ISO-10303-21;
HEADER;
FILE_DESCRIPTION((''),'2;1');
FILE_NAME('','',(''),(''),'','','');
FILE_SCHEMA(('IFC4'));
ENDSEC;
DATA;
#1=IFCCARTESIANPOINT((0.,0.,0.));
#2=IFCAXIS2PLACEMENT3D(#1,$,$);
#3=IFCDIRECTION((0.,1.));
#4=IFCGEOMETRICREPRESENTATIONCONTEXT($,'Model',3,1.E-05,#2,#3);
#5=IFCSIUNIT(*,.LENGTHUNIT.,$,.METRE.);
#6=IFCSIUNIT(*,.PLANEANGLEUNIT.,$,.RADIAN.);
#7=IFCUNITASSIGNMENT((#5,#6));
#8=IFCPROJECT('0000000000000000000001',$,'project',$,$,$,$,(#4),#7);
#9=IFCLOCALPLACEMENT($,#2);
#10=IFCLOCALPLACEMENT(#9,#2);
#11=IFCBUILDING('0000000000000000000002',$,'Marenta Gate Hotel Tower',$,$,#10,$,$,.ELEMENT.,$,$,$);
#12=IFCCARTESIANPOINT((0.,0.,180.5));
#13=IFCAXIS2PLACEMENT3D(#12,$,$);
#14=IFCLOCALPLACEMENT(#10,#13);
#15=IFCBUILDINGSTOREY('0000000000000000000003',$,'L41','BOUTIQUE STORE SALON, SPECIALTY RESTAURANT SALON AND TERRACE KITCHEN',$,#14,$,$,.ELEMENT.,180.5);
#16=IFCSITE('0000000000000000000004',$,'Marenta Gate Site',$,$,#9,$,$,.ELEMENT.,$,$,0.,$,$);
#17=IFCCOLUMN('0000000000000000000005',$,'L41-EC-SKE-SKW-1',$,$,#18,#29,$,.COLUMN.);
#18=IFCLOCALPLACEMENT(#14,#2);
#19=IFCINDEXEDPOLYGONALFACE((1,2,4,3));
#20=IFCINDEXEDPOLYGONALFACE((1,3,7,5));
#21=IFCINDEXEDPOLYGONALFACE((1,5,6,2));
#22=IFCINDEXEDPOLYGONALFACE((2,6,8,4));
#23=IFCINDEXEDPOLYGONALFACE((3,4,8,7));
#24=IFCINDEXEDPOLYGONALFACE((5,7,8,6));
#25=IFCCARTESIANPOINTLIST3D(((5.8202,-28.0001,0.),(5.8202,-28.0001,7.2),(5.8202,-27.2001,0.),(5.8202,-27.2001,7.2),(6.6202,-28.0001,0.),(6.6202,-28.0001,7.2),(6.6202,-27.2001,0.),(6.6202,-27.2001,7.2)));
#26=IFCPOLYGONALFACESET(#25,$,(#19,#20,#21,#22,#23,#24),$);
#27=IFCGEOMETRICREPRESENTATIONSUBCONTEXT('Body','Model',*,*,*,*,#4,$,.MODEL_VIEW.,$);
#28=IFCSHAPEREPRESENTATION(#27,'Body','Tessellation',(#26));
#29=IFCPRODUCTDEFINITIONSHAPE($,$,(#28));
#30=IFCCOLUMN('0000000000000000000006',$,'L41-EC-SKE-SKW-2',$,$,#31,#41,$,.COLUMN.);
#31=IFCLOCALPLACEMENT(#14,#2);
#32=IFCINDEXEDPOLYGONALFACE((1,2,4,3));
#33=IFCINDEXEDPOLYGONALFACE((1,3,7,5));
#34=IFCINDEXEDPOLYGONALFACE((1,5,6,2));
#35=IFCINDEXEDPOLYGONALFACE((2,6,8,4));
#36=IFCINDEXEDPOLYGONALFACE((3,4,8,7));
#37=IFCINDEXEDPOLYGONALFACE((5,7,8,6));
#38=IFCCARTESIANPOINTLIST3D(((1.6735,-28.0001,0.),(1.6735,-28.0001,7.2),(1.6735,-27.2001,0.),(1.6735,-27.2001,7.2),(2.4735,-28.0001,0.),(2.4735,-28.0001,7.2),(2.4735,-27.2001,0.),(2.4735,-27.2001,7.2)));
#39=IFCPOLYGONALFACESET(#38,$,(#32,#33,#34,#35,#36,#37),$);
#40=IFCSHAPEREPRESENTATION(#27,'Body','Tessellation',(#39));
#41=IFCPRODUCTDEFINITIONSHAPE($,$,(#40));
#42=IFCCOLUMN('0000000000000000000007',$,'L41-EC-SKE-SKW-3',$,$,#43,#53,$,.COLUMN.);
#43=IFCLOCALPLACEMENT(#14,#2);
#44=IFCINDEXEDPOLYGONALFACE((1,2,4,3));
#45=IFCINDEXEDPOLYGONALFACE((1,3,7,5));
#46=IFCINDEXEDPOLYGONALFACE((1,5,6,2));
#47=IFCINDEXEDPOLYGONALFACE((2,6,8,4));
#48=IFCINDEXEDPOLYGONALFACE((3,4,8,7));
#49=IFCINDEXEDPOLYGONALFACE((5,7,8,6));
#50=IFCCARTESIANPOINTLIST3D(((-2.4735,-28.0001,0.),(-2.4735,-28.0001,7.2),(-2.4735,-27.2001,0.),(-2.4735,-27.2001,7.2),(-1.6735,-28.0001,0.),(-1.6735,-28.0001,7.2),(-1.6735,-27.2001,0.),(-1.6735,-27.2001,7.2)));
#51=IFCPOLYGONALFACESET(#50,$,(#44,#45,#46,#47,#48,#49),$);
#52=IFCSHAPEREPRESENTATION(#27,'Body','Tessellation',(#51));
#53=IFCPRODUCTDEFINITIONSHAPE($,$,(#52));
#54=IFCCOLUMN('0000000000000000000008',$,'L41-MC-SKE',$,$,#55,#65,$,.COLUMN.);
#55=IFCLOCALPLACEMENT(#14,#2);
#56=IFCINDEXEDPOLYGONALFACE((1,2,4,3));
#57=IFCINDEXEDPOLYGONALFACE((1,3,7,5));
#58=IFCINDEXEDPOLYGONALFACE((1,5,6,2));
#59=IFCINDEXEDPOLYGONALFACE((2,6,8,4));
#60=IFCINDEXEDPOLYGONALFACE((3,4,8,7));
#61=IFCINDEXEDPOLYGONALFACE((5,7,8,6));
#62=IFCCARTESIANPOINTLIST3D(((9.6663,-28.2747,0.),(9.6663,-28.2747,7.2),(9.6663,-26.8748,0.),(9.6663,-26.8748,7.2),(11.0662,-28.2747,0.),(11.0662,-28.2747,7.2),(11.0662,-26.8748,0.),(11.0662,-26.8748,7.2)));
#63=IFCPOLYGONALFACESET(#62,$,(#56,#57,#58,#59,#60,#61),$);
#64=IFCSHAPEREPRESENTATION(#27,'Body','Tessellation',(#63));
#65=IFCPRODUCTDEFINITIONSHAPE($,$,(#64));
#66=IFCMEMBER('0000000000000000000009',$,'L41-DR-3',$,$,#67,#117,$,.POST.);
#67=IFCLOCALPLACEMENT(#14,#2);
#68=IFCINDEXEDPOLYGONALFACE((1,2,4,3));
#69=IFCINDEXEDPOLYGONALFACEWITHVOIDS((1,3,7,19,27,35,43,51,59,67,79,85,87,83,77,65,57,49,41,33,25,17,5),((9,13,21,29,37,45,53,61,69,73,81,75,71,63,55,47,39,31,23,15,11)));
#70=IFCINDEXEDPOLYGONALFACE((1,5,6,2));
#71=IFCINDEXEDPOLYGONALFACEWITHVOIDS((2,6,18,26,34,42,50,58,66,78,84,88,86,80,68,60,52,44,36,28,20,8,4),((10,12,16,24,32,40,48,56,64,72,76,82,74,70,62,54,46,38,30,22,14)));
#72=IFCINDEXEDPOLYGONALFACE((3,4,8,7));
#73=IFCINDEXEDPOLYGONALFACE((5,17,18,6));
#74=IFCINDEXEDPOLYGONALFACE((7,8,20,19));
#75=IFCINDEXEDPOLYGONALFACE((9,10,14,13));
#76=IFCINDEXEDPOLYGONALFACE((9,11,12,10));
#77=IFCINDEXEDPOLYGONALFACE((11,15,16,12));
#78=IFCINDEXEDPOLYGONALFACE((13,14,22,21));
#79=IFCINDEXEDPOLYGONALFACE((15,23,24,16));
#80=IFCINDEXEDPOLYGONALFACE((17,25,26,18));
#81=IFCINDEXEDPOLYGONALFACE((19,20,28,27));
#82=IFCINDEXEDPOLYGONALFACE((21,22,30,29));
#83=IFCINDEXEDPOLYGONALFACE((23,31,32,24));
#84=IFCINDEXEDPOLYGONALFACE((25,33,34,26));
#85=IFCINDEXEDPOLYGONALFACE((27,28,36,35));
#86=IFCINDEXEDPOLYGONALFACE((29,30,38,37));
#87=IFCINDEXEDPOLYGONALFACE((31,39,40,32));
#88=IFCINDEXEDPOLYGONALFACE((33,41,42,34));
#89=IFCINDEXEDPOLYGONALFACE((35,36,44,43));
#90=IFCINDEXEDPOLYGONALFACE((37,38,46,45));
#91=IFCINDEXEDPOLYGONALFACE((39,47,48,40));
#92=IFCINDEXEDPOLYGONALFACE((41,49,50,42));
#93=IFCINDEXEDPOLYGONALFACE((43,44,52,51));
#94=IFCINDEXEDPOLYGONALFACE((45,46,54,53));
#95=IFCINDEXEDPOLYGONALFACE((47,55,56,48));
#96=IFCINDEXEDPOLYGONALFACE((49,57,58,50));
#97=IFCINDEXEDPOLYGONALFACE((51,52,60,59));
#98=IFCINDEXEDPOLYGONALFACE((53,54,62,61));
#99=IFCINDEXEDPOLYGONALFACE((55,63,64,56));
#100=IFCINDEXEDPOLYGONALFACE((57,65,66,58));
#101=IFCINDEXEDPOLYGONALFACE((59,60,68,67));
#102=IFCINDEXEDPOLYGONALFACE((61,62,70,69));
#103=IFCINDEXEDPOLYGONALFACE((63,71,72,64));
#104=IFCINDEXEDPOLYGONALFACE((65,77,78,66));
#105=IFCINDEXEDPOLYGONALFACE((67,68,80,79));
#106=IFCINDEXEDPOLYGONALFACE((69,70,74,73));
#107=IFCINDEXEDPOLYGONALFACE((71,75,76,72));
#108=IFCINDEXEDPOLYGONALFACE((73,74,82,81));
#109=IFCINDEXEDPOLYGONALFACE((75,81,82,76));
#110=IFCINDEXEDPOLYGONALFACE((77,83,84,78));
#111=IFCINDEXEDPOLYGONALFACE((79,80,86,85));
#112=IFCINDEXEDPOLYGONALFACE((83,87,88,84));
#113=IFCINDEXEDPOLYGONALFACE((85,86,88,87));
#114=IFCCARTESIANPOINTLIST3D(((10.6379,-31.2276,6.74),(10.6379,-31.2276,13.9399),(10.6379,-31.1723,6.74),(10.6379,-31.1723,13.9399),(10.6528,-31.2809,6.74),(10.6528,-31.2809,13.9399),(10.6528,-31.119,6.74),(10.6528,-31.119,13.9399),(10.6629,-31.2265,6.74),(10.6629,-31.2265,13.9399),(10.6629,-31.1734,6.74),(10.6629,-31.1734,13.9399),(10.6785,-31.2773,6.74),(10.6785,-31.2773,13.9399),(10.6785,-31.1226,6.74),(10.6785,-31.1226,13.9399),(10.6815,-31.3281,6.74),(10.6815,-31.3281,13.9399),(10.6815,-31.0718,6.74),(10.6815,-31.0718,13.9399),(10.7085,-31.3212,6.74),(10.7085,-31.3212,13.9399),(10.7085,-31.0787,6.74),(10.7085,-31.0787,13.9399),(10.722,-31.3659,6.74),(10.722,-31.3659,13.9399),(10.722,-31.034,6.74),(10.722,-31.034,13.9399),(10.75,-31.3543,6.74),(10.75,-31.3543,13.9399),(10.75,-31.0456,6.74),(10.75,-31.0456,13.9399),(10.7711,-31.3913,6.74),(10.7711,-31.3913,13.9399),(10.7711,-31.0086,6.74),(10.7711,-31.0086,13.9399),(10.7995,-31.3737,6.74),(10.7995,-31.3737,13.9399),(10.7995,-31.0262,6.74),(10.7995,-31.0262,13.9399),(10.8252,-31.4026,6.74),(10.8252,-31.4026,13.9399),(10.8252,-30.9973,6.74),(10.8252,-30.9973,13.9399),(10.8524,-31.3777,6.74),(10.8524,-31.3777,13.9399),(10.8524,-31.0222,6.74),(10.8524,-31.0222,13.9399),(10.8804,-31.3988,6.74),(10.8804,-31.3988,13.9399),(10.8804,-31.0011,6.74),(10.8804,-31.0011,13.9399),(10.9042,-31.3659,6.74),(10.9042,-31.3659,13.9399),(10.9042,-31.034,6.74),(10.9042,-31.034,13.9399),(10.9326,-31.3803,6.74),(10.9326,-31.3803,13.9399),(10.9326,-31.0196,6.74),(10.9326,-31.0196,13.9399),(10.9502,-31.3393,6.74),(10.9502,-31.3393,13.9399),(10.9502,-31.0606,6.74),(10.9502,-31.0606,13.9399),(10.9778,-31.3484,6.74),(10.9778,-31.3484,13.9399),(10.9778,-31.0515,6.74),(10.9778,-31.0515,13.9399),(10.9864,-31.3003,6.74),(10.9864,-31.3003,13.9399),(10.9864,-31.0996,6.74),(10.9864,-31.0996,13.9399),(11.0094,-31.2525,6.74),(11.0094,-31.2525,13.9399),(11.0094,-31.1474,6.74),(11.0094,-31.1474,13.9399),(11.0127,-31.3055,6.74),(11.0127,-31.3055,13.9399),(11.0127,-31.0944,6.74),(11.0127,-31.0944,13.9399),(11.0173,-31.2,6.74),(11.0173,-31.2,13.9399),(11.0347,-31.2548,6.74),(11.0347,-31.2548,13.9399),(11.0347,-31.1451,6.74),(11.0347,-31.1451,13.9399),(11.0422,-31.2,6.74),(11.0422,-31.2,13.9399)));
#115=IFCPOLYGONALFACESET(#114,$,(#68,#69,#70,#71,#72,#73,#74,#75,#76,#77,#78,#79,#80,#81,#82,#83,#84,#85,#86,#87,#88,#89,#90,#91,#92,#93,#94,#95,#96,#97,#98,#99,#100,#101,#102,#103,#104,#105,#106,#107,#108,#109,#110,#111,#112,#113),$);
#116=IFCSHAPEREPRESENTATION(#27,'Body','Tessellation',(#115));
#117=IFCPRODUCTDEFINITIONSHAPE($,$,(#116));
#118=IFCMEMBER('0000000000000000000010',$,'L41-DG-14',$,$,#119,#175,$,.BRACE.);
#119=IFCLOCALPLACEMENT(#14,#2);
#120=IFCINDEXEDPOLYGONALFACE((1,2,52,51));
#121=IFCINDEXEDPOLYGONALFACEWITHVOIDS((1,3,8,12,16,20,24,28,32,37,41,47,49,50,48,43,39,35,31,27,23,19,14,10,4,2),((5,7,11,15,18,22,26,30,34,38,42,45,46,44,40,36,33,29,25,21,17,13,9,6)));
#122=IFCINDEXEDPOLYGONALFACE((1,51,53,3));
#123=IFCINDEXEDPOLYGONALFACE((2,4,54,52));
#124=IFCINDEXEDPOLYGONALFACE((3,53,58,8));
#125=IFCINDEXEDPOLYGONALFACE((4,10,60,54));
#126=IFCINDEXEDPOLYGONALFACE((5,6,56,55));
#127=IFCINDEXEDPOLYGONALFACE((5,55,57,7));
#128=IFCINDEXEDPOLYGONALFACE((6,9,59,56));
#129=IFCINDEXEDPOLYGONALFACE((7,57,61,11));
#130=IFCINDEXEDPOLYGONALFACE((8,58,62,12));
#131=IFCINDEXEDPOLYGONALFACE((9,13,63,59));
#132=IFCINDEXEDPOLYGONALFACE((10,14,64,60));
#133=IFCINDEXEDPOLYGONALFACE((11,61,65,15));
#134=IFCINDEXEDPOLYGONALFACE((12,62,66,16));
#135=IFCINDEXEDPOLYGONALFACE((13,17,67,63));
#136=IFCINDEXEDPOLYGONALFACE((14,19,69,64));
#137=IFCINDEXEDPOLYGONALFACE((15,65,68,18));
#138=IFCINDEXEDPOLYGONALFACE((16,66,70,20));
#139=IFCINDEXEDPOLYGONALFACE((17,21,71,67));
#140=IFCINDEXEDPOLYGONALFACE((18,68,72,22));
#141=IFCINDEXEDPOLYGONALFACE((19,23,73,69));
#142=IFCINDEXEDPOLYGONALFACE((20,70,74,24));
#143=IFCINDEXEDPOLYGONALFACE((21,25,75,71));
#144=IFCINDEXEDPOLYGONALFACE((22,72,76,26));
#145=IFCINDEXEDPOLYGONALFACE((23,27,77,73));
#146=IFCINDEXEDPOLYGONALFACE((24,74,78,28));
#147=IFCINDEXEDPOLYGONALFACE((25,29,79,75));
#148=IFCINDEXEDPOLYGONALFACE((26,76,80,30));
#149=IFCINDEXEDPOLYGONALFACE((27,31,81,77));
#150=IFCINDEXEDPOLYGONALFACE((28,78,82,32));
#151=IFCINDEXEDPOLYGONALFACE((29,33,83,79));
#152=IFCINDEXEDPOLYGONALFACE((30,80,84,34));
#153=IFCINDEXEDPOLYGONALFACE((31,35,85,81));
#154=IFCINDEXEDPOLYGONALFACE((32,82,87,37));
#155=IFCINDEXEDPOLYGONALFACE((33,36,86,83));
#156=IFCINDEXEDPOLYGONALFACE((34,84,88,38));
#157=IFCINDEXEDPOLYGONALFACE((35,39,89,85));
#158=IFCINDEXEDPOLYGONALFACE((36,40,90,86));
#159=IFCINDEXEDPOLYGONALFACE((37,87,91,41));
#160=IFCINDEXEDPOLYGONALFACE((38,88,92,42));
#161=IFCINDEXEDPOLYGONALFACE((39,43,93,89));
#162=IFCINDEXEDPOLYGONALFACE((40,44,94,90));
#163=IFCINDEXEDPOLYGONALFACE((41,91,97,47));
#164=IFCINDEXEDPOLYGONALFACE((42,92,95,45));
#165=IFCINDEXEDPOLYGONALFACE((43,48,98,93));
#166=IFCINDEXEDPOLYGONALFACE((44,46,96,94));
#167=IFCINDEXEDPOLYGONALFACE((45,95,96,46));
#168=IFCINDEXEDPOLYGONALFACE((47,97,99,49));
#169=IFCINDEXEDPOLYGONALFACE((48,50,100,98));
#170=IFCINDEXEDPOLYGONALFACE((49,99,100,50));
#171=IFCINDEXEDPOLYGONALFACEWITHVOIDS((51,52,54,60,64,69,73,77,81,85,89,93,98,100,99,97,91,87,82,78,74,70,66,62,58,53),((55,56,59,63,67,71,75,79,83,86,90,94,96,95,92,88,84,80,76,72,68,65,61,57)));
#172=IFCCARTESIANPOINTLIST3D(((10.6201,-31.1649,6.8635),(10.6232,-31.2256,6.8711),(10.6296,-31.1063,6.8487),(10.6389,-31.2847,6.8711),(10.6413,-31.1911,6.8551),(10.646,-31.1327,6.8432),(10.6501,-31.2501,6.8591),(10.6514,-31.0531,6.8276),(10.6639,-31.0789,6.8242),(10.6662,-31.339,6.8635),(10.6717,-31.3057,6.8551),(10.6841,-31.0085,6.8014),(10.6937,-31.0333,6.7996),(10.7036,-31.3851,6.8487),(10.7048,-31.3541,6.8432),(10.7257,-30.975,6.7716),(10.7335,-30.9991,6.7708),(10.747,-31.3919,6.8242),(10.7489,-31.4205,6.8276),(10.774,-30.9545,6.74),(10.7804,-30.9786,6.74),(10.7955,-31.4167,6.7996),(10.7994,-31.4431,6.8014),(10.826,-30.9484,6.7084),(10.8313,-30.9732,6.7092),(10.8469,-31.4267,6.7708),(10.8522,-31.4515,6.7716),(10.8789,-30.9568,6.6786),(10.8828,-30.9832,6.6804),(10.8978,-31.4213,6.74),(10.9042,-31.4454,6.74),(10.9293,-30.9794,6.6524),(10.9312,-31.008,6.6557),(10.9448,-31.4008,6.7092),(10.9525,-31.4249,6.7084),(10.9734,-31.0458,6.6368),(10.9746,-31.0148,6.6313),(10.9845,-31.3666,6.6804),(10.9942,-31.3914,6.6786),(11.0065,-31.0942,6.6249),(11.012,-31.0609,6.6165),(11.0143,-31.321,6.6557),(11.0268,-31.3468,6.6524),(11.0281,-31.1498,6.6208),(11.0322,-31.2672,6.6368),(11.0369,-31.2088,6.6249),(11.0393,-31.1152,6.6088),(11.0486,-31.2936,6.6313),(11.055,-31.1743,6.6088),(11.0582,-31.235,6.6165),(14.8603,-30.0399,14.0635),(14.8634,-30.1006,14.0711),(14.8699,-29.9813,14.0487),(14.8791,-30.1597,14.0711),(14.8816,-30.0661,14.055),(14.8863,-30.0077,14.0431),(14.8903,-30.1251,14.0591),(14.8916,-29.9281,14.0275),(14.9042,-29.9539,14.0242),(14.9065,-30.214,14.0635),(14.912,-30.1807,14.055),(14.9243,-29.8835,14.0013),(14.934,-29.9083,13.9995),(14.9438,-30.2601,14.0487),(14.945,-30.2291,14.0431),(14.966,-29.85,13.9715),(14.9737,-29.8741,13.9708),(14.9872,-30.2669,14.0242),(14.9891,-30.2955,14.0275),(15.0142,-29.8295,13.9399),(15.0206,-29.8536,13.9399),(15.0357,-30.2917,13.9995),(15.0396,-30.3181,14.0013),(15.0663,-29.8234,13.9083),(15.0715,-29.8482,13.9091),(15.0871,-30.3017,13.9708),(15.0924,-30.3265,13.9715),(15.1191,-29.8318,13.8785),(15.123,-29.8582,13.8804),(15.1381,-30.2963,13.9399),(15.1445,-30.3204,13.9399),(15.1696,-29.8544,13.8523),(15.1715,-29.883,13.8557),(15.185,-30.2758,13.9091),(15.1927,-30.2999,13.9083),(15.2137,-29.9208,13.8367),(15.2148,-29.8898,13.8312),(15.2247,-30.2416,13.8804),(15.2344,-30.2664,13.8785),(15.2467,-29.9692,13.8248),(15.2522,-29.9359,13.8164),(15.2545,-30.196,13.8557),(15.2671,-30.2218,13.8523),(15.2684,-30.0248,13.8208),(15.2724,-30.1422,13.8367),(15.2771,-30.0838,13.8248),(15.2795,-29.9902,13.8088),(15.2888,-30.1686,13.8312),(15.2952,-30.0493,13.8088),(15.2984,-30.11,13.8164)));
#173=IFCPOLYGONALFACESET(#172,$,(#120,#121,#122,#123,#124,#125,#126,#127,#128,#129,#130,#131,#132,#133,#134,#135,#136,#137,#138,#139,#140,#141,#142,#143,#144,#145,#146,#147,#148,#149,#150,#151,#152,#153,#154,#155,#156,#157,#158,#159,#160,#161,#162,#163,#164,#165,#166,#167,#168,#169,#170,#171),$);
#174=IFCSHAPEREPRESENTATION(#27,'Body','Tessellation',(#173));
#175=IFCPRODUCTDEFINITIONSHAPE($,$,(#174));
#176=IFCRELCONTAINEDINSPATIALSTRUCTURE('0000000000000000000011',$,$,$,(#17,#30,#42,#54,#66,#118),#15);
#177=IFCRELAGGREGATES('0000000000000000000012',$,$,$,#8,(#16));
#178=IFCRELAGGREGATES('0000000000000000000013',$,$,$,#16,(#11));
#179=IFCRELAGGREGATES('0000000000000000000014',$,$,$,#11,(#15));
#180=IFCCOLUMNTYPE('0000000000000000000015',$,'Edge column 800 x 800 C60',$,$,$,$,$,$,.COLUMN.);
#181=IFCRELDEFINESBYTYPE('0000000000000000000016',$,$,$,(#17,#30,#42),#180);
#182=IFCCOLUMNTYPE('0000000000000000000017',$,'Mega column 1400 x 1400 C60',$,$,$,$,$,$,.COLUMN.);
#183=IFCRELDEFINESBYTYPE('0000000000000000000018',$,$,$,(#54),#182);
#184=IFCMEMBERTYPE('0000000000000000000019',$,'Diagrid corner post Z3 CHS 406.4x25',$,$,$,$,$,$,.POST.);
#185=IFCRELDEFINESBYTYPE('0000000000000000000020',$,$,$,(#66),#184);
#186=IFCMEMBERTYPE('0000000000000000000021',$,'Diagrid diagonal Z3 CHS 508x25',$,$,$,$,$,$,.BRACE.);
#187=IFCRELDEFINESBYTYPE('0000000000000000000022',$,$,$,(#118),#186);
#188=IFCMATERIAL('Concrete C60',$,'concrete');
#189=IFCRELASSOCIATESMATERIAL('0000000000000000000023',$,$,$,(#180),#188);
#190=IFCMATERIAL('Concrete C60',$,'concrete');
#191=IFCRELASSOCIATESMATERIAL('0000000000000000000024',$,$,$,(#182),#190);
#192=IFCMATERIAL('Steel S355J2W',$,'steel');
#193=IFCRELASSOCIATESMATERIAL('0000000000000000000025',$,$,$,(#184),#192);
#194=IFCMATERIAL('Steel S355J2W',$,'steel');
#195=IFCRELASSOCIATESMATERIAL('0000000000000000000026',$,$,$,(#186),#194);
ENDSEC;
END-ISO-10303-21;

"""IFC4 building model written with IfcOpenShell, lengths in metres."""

from ifc_helpers import new_model, si_unit, direction, frame, origin, origin_2d, place, context, subcontext, project, spatial, rectangle, hollow_circle, extrude, material, material_profile, profile_set, type_object, element, save


model = new_model("IFC4")

# Units and contexts
model_context = context("Model", 3, precision=1e-05, world=origin(), true_north=direction((0.0, 1.0)))
body_context = subcontext(model_context, "Body", "Model", "MODEL_VIEW")
ifc_project = project(units=[si_unit("LENGTHUNIT", "METRE"), si_unit("PLANEANGLEUNIT", "RADIAN")], contexts=[model_context])

# Site, building, storey
site_placement = place(None, origin())
site = spatial("IfcSite", under=ifc_project, at=site_placement, Name="Marenta Gate Site", CompositionType="ELEMENT", RefElevation=0.0)
building_placement = place(site_placement, origin())
building = spatial("IfcBuilding", under=site, at=building_placement, Name="Marenta Gate Hotel Tower", CompositionType="ELEMENT")
storey_placement = place(building_placement, frame((0.0, 0.0, 180.5)))
storey = spatial("IfcBuildingStorey", under=building, at=storey_placement, Name="L41", Description="BOUTIQUE STORE SALON, SPECIALTY RESTAURANT SALON AND TERRACE KITCHEN", CompositionType="ELEMENT", Elevation=180.5)

# Columns
ifc_material_1 = material(Name="Concrete C60", Category="concrete")
ifc_material_profile_1 = material_profile(ifc_material_1, rectangle(XDim=0.8, YDim=0.8, at=origin_2d()), Name="800 x 800")
ifc_profile_set_1 = profile_set([ifc_material_profile_1], Name="Concrete C60")
column_type_1 = type_object("IfcColumnType", Name="Edge column 800 x 800 C60", PredefinedType="COLUMN", material=ifc_profile_set_1)
for number, where, z_axis, x_axis, name in (
    (1, (6.2202, -27.6001, 0.0), (0.0, 0.0, 1.0), (1.0, 0.0, 0.0), "L41-EC-SKE-SKW-1"),
    (2, (2.0735, -27.6001, 0.0), (0.0, 0.0, 1.0), (1.0, 0.0, 0.0), "L41-EC-SKE-SKW-2"),
    (3, (-2.0735, -27.6001, 0.0), (0.0, 0.0, 1.0), (1.0, 0.0, 0.0), "L41-EC-SKE-SKW-3"),
):
    element("IfcColumn", number, at=place(storey_placement, frame(where, z_axis=z_axis, x_axis=x_axis)), inside=storey, type_object=column_type_1, Name=name, PredefinedType="COLUMN", context=body_context, shape_type="SweptSolid", body=[
        extrude(rectangle(XDim=0.8, YDim=0.8, at=origin_2d()), origin(), (0.0, 0.0, 1.0), 7.2),
    ])
ifc_material_2 = material(Name="Concrete C60", Category="concrete")
ifc_material_profile_2 = material_profile(ifc_material_2, rectangle(XDim=1.3999, YDim=1.3999, at=origin_2d()), Name="1400 x 1400")
ifc_profile_set_2 = profile_set([ifc_material_profile_2], Name="Concrete C60")
column_type_2 = type_object("IfcColumnType", Name="Mega column 1400 x 1400 C60", PredefinedType="COLUMN", material=ifc_profile_set_2)
column_placement = place(storey_placement, frame((10.3662, -27.5747, 0.0), z_axis=(0.0, 0.0, 1.0), x_axis=(1.0, 0.0, 0.0)))
element("IfcColumn", 4, at=column_placement, inside=storey, type_object=column_type_2, Name="L41-MC-SKE", PredefinedType="COLUMN", context=body_context, shape_type="SweptSolid", body=[
    extrude(rectangle(XDim=1.3999, YDim=1.3999, at=origin_2d()), origin(), (0.0, 0.0, 1.0), 7.2),
])

# Members
ifc_material_3 = material(Name="Steel S355J2W", Category="steel")
ifc_material_profile_3 = material_profile(ifc_material_3, hollow_circle(Radius=0.2031, WallThickness=0.0249, at=origin_2d()), Name="CHS 406.4x25")
ifc_profile_set_3 = profile_set([ifc_material_profile_3], Name="Steel S355J2W")
member_type_1 = type_object("IfcMemberType", Name="Diagrid corner post Z3 CHS 406.4x25", PredefinedType="POST", material=ifc_profile_set_3)
member_1_placement = place(storey_placement, frame((10.8391, -31.2, 6.74), z_axis=(0.0, 0.0, 1.0), x_axis=(1.0, 0.0, 0.0)))
element("IfcMember", 5, at=member_1_placement, inside=storey, type_object=member_type_1, Name="L41-DR-3", PredefinedType="POST", context=body_context, shape_type="SweptSolid", body=[
    extrude(hollow_circle(Radius=0.2031, WallThickness=0.0249, at=origin_2d()), origin(), (0.0, 0.0, 1.0), 7.2),
])
ifc_material_4 = material(Name="Steel S355J2W", Category="steel")
ifc_material_profile_4 = material_profile(ifc_material_4, hollow_circle(Radius=0.2539, WallThickness=0.0249, at=origin_2d()), Name="CHS 508x25")
ifc_profile_set_4 = profile_set([ifc_material_profile_4], Name="Steel S355J2W")
member_type_2 = type_object("IfcMemberType", Name="Diagrid diagonal Z3 CHS 508x25", PredefinedType="BRACE", material=ifc_profile_set_4)
member_2_placement = place(storey_placement, frame((10.8391, -31.2, 6.74), z_axis=(0.502924, 0.133434, 0.853969), x_axis=(-0.256443, 0.966559, 0.0)))
element("IfcMember", 6, at=member_2_placement, inside=storey, type_object=member_type_2, Name="L41-DG-14", PredefinedType="BRACE", context=body_context, shape_type="SweptSolid", body=[
    extrude(hollow_circle(Radius=0.2539, WallThickness=0.0249, at=origin_2d()), origin(), (0.0, 0.0, 1.0), 8.4312),
])

save(model, "model.ifc")
